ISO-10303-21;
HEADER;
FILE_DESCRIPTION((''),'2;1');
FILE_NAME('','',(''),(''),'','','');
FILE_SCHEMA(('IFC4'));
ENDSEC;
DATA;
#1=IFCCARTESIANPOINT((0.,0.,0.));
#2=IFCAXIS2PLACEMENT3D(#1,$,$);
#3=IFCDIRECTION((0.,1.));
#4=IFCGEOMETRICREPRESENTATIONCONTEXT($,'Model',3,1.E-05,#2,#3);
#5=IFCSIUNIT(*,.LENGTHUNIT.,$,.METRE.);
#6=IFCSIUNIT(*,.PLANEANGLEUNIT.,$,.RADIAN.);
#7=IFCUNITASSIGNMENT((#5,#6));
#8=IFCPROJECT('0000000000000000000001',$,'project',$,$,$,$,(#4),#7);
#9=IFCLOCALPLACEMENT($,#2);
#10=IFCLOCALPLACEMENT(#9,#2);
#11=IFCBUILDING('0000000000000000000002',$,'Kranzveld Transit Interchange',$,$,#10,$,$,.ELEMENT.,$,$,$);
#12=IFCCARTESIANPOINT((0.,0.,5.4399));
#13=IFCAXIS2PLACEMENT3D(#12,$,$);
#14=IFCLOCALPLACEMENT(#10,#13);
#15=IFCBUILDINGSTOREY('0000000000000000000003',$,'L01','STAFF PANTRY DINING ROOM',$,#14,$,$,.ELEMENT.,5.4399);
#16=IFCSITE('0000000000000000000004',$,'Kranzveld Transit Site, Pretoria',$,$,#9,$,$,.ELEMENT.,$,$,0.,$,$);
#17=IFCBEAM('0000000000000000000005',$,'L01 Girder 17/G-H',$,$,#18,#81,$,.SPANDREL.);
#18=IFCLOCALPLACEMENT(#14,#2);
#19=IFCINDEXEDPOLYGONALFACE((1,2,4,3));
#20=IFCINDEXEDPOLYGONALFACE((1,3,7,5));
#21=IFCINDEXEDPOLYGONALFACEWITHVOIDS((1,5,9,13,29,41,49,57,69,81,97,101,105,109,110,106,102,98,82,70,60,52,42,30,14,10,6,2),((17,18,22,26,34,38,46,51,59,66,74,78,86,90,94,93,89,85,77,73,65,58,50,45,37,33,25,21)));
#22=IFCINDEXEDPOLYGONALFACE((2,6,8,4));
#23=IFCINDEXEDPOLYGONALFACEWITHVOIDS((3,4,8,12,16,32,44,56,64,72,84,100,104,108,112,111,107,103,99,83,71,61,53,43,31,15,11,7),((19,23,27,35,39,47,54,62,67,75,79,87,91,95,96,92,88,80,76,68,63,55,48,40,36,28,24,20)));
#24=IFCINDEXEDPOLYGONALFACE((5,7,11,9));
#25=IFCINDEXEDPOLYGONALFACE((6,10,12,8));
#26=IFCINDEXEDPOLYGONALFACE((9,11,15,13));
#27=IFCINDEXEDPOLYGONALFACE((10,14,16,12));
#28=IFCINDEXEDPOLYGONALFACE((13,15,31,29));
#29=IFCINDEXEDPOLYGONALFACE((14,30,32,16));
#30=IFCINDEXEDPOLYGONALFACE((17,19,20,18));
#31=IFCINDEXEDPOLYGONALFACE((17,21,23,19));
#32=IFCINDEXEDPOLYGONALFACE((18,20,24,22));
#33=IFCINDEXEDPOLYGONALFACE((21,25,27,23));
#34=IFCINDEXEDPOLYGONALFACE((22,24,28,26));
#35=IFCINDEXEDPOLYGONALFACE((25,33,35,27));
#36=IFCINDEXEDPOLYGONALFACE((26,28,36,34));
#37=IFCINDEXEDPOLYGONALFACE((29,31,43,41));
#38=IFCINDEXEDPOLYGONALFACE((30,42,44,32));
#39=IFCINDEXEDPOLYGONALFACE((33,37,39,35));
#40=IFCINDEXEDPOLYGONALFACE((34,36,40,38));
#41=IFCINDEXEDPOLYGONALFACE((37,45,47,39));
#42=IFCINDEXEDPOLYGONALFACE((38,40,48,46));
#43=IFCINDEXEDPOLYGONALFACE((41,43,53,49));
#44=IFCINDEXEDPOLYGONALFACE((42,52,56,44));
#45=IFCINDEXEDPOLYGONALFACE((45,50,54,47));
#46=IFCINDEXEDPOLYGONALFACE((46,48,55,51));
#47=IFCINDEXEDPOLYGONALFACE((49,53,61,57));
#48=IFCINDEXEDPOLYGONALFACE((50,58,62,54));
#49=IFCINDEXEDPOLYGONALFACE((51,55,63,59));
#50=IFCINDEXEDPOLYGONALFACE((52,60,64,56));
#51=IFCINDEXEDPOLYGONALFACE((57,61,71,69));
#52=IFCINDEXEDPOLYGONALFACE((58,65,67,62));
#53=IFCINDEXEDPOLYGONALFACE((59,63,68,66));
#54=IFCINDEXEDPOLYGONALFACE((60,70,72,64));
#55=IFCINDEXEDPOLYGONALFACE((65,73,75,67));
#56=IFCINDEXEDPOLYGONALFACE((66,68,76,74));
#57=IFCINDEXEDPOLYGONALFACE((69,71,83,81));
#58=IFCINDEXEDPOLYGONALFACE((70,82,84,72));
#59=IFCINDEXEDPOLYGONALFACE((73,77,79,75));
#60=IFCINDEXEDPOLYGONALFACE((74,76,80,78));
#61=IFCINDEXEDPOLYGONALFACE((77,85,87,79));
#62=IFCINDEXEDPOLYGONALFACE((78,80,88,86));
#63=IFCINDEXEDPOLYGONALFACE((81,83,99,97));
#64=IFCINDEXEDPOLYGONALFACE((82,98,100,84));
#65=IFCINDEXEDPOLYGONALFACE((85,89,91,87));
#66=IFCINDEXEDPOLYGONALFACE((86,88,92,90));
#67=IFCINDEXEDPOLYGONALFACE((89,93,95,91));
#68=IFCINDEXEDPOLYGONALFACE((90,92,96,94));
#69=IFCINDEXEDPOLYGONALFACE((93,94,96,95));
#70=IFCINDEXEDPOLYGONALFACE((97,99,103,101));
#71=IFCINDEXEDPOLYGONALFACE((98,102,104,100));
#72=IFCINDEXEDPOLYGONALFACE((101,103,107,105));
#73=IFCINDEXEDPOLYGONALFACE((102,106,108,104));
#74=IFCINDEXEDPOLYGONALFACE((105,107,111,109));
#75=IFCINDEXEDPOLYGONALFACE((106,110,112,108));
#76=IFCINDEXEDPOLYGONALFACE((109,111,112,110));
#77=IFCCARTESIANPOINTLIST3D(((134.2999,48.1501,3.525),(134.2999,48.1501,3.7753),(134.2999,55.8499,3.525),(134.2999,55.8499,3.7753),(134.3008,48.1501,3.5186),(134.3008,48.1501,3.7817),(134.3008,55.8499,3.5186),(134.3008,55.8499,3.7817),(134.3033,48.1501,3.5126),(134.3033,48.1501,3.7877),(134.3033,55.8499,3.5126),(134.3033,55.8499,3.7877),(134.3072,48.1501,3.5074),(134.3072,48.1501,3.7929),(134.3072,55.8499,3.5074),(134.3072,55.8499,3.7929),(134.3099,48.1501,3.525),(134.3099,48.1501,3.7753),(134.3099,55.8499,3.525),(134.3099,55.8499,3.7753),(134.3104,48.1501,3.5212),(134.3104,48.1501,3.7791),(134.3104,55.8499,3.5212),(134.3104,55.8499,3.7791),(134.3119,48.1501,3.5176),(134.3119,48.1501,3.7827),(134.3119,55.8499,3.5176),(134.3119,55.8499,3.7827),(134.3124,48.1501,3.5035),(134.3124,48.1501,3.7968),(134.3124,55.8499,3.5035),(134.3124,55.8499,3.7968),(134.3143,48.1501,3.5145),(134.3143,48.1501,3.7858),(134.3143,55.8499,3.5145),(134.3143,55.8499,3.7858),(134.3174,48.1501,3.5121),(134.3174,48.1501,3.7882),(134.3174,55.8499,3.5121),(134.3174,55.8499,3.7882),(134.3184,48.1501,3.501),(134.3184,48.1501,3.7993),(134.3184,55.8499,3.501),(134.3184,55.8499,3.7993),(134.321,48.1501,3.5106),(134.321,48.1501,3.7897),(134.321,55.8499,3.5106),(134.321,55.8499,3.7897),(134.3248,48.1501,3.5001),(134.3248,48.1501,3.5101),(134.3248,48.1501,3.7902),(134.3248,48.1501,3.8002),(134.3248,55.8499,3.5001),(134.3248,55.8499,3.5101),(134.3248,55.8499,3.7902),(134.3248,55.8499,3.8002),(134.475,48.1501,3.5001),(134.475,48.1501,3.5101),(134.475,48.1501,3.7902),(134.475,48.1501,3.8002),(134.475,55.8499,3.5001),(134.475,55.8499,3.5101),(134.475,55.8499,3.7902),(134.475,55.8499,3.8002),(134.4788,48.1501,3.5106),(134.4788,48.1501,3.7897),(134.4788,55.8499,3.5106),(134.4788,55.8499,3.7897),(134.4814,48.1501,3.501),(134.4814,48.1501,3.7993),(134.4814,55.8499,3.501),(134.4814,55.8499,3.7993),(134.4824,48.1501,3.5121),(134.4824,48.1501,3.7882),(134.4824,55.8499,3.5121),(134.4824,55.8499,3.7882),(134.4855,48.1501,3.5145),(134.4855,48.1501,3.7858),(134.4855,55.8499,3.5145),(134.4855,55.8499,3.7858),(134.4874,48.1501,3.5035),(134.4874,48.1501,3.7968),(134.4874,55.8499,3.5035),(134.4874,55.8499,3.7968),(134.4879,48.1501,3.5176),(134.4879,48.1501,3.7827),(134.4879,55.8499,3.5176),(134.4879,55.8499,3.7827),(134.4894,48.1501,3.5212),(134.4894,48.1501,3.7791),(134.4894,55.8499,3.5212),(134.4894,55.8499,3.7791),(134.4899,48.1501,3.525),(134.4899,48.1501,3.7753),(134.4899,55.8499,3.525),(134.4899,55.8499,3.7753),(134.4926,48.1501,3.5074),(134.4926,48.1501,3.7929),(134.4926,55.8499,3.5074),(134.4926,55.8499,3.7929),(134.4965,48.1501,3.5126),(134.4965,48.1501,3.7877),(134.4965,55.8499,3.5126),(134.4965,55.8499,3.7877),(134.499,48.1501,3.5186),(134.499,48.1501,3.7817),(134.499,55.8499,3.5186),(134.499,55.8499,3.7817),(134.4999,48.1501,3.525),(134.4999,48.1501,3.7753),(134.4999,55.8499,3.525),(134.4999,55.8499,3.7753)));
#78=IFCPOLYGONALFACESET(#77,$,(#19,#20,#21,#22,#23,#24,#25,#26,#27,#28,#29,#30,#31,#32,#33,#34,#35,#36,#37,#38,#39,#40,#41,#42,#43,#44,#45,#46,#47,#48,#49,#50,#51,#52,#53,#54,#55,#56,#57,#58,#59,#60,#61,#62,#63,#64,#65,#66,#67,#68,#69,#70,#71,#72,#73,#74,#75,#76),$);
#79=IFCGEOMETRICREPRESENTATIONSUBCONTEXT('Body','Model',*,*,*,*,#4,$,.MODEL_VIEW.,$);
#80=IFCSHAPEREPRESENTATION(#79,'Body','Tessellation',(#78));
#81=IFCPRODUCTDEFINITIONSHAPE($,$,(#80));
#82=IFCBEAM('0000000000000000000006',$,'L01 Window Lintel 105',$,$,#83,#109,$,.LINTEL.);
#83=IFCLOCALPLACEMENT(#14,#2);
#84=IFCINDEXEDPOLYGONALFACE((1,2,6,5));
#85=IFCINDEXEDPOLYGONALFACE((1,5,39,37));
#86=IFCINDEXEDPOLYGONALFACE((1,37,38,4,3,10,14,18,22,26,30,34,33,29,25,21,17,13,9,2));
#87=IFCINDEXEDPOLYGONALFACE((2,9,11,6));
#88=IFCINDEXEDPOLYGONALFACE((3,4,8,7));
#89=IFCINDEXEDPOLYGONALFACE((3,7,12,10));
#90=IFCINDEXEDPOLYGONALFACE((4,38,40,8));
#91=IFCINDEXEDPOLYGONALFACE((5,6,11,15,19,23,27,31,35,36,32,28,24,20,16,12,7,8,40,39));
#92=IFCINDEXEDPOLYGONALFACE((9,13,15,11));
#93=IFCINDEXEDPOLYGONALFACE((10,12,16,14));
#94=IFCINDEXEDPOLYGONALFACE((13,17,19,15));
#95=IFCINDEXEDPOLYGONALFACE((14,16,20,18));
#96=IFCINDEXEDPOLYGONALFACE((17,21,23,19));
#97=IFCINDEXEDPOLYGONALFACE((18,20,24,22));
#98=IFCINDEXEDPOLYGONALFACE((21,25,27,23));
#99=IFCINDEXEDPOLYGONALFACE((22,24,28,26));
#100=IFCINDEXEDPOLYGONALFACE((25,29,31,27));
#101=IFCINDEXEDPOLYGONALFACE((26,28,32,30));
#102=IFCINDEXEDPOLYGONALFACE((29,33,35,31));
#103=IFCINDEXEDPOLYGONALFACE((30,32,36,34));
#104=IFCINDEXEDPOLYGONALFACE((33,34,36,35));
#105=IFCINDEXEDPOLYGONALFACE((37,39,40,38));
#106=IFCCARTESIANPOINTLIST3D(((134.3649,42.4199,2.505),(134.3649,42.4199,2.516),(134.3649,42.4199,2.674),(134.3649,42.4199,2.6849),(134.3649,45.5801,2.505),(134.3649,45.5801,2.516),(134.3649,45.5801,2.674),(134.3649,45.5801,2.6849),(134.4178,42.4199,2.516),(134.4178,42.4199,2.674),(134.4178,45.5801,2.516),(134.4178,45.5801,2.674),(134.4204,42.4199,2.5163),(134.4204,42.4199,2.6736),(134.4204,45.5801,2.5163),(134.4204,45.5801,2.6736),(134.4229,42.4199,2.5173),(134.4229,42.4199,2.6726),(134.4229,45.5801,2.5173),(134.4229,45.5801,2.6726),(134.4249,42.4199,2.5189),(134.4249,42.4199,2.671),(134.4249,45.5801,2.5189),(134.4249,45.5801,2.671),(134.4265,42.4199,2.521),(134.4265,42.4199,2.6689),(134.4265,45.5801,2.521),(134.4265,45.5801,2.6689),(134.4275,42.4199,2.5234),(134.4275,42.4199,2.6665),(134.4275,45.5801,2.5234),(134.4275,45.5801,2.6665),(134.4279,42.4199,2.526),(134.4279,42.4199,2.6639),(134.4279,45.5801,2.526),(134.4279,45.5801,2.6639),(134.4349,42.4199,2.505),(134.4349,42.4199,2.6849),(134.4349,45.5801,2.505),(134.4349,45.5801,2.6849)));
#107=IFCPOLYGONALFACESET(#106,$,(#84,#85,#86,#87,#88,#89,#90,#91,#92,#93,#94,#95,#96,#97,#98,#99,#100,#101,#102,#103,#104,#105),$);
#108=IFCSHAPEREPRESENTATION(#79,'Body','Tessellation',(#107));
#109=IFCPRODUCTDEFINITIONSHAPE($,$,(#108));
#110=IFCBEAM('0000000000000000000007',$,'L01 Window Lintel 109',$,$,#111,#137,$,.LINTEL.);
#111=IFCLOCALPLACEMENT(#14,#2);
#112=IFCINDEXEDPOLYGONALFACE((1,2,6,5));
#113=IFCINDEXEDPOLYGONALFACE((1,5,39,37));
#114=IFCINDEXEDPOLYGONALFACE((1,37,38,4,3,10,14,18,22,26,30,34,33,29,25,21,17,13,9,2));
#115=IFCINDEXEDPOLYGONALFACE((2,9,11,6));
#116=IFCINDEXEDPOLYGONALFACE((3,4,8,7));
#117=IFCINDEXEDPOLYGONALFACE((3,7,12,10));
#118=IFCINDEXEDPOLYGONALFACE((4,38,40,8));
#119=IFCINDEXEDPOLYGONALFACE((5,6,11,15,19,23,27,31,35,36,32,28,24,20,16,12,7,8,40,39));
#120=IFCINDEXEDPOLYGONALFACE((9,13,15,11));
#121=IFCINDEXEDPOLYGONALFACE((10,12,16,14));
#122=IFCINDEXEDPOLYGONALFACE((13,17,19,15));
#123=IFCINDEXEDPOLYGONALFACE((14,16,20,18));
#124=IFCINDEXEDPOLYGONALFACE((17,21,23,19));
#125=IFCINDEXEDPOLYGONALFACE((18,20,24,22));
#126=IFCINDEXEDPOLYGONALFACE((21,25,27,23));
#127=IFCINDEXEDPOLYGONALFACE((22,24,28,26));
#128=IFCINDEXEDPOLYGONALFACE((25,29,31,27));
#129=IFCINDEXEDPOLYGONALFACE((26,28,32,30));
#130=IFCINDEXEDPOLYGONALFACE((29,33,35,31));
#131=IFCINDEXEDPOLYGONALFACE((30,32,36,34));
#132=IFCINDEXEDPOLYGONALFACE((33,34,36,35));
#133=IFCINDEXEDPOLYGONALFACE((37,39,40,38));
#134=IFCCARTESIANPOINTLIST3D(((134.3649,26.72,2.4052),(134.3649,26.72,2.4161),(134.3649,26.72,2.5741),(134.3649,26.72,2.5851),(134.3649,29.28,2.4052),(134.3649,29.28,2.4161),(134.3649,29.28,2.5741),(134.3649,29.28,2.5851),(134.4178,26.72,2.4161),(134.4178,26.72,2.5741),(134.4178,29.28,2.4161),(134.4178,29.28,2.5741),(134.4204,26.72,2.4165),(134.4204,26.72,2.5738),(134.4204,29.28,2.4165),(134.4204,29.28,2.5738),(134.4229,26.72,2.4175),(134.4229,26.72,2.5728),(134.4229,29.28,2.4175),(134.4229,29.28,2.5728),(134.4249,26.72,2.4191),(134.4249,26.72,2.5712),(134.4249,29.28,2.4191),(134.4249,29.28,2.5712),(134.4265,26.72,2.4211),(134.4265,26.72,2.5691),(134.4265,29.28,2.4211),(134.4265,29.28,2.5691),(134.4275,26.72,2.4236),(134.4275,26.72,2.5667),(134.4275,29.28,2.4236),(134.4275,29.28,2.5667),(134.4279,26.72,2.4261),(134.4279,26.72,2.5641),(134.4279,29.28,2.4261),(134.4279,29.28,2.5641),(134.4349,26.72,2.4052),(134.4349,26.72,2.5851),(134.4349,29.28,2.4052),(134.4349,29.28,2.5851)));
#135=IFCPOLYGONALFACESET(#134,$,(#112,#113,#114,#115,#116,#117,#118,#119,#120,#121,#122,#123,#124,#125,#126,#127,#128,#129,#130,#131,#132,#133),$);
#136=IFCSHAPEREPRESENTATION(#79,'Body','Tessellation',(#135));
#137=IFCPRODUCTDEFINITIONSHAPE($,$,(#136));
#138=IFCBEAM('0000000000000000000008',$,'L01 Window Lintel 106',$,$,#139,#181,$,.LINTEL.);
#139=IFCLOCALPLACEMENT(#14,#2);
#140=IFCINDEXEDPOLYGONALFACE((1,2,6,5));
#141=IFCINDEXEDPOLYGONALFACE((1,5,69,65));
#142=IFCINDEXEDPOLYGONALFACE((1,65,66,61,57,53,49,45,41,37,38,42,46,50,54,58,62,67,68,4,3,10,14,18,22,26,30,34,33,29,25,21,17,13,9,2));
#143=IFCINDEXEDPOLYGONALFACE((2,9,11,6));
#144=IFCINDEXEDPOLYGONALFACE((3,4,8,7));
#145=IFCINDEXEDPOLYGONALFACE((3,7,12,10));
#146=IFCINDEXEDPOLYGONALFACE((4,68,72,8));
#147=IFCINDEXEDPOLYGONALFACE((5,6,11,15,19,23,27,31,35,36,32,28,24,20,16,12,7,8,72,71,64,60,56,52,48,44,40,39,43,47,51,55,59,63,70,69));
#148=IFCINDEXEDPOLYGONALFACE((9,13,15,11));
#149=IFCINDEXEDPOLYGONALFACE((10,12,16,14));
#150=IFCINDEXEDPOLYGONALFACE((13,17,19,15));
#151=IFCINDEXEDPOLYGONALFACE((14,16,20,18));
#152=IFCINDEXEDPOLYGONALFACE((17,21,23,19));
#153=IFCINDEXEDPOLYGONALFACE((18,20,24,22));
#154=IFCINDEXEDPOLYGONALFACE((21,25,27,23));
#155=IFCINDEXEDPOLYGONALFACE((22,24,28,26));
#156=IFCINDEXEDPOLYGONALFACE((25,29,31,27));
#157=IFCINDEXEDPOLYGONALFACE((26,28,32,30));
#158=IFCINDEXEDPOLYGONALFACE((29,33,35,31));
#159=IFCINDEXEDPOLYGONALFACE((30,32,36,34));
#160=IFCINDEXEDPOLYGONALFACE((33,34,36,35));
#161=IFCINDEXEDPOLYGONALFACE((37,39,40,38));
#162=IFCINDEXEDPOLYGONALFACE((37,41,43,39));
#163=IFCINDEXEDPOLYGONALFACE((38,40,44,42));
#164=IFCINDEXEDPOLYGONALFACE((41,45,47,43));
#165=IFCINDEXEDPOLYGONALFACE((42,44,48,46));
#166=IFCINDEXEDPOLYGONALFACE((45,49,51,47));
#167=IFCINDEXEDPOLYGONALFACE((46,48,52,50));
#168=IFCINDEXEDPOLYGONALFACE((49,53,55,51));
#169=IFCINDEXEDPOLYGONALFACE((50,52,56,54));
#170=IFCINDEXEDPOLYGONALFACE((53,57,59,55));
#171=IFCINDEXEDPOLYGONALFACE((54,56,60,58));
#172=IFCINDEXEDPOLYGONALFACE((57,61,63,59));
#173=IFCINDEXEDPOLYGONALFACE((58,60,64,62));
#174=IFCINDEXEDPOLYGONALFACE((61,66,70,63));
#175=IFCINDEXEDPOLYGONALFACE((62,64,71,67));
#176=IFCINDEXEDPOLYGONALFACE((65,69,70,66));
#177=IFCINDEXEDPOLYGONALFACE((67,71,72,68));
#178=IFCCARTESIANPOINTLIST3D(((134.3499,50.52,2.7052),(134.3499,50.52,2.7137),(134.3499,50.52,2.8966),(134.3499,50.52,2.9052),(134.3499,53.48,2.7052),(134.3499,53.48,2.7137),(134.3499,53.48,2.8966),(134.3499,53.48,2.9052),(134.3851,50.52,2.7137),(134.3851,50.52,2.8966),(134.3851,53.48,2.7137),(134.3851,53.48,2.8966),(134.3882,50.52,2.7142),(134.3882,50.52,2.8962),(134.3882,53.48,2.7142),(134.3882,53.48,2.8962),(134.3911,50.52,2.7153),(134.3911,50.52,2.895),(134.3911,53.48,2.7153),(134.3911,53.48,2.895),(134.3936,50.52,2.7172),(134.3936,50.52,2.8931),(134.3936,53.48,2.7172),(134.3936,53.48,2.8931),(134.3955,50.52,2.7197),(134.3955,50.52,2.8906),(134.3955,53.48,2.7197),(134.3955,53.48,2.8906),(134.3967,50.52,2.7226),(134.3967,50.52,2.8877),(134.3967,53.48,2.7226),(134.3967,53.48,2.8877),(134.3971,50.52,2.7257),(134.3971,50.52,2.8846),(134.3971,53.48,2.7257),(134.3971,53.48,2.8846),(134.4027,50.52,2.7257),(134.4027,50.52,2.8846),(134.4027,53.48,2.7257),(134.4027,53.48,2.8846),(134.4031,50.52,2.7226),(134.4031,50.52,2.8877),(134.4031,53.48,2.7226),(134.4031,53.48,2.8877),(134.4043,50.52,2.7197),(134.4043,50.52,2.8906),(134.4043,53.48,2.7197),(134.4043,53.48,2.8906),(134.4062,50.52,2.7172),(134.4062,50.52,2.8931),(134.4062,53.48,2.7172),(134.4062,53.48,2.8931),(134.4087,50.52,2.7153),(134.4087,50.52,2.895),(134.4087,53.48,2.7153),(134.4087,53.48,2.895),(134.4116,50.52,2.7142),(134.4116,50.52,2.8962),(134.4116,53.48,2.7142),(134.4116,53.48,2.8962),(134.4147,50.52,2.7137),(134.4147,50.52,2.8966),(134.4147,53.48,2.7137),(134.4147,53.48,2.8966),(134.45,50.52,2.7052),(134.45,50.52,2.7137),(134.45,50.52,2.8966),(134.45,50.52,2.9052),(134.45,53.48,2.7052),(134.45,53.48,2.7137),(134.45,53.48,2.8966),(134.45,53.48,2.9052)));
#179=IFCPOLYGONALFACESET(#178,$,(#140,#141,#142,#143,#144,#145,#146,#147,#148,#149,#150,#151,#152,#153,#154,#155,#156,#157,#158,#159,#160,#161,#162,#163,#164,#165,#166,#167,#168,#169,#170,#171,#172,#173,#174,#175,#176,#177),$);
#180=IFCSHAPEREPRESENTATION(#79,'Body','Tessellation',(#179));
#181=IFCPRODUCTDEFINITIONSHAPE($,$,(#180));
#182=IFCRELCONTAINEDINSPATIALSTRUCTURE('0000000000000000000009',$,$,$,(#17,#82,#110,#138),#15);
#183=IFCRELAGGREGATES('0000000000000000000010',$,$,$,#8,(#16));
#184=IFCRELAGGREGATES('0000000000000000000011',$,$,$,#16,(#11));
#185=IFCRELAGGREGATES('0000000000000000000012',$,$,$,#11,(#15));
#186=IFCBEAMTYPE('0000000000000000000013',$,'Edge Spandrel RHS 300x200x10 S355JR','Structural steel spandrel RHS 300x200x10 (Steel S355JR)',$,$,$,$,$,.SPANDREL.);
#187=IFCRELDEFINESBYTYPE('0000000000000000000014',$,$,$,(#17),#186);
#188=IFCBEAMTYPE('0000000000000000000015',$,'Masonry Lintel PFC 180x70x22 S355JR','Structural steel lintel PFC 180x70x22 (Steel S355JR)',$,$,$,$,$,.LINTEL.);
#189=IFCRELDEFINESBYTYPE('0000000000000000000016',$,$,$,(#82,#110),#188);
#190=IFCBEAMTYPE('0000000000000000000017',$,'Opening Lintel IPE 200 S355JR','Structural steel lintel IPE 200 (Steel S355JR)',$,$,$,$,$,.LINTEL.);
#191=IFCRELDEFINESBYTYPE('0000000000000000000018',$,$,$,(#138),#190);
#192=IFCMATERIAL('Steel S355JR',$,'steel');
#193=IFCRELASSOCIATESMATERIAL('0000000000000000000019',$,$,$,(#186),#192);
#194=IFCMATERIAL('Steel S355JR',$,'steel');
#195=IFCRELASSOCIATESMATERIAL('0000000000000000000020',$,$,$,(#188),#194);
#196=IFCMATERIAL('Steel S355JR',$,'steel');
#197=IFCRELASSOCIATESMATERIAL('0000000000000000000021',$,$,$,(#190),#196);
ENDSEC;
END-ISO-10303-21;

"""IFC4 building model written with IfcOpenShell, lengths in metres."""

from ifc_helpers import new_model, si_unit, direction, frame, origin, origin_2d, place, context, subcontext, project, spatial, hollow_rectangle, i_section, u_section, extrude, material, material_profile, profile_set, type_object, element, save


model = new_model("IFC4")

# Units and contexts
model_context = context("Model", 3, precision=1e-05, world=origin(), true_north=direction((0.0, 1.0)))
body_context = subcontext(model_context, "Body", "Model", "MODEL_VIEW")
ifc_project = project(units=[si_unit("LENGTHUNIT", "METRE"), si_unit("PLANEANGLEUNIT", "RADIAN")], contexts=[model_context])

# Site, building, storey
site_placement = place(None, origin())
site = spatial("IfcSite", under=ifc_project, at=site_placement, Name="Kranzveld Transit Site, Pretoria", CompositionType="ELEMENT", RefElevation=0.0)
building_placement = place(site_placement, origin())
building = spatial("IfcBuilding", under=site, at=building_placement, Name="Kranzveld Transit Interchange", CompositionType="ELEMENT")
storey_placement = place(building_placement, frame((0.0, 0.0, 5.4399)))
storey = spatial("IfcBuildingStorey", under=building, at=storey_placement, Name="L01", Description="STAFF PANTRY DINING ROOM", CompositionType="ELEMENT", Elevation=5.4399)

# Beams
ifc_material_1 = material(Name="Steel S355JR", Category="steel")
ifc_material_profile_1 = material_profile(ifc_material_1, hollow_rectangle(XDim=0.2, YDim=0.3, WallThickness=0.01, InnerFilletRadius=0.0149, OuterFilletRadius=0.0249, at=origin_2d()), Name="RHS 300x200x10")
ifc_profile_set_1 = profile_set([ifc_material_profile_1], Name="Steel S355JR")
beam_type_1 = type_object("IfcBeamType", Name="Edge Spandrel RHS 300x200x10 S355JR", Description="Structural steel spandrel RHS 300x200x10 (Steel S355JR)", PredefinedType="SPANDREL", material=ifc_profile_set_1)
for number, where, z_axis, x_axis, name in (
    (1, (134.3999, 48.1501, 3.6501), (0.0, 1.0, 0.0), (-1.0, 0.0, 0.0), "L01 Girder 17/G-H"),
):
    element("IfcBeam", number, at=place(storey_placement, frame(where, z_axis=z_axis, x_axis=x_axis)), inside=storey, type_object=beam_type_1, Name=name, PredefinedType="SPANDREL", context=body_context, shape_type="SweptSolid", body=[
        extrude(hollow_rectangle(XDim=0.2, YDim=0.3, WallThickness=0.01, InnerFilletRadius=0.0149, OuterFilletRadius=0.0249, at=origin_2d()), origin(), (0.0, 0.0, 1.0), 7.6997),
    ])
ifc_material_2 = material(Name="Steel S355JR", Category="steel")
ifc_material_profile_2 = material_profile(ifc_material_2, u_section(Depth=0.1799, FlangeWidth=0.0701, WebThickness=0.0071, FlangeThickness=0.011, FilletRadius=0.01, at=origin_2d()), Name="PFC 180x70x22")
ifc_profile_set_2 = profile_set([ifc_material_profile_2], Name="Steel S355JR")
beam_type_2 = type_object("IfcBeamType", Name="Masonry Lintel PFC 180x70x22 S355JR", Description="Structural steel lintel PFC 180x70x22 (Steel S355JR)", PredefinedType="LINTEL", material=ifc_profile_set_2)
beam_1_placement = place(storey_placement, frame((134.3999, 42.4199, 2.595), z_axis=(0.0, 1.0, 0.0), x_axis=(-1.0, 0.0, 0.0)))
element("IfcBeam", 2, at=beam_1_placement, inside=storey, type_object=beam_type_2, Name="L01 Window Lintel 105", PredefinedType="LINTEL", context=body_context, shape_type="SweptSolid", body=[
    extrude(u_section(Depth=0.1799, FlangeWidth=0.0701, WebThickness=0.0071, FlangeThickness=0.011, FilletRadius=0.01, at=origin_2d()), origin(), (0.0, 0.0, 1.0), 3.1602),
])
beam_2_placement = place(storey_placement, frame((134.3999, 26.72, 2.4951), z_axis=(0.0, 1.0, 0.0), x_axis=(-1.0, 0.0, 0.0)))
element("IfcBeam", 3, at=beam_2_placement, inside=storey, type_object=beam_type_2, Name="L01 Window Lintel 109", PredefinedType="LINTEL", context=body_context, shape_type="SweptSolid", body=[
    extrude(u_section(Depth=0.1799, FlangeWidth=0.0701, WebThickness=0.0071, FlangeThickness=0.011, FilletRadius=0.01, at=origin_2d()), origin(), (0.0, 0.0, 1.0), 2.5601),
])
ifc_material_3 = material(Name="Steel S355JR", Category="steel")
ifc_material_profile_3 = material_profile(ifc_material_3, i_section(OverallWidth=0.1001, OverallDepth=0.2, WebThickness=0.0056, FlangeThickness=0.0085, FilletRadius=0.012, at=origin_2d()), Name="IPE 200")
ifc_profile_set_3 = profile_set([ifc_material_profile_3], Name="Steel S355JR")
beam_type_3 = type_object("IfcBeamType", Name="Opening Lintel IPE 200 S355JR", Description="Structural steel lintel IPE 200 (Steel S355JR)", PredefinedType="LINTEL", material=ifc_profile_set_3)
beam_3_placement = place(storey_placement, frame((134.3999, 50.52, 2.8052), z_axis=(0.0, 1.0, 0.0), x_axis=(-1.0, 0.0, 0.0)))
element("IfcBeam", 4, at=beam_3_placement, inside=storey, type_object=beam_type_3, Name="L01 Window Lintel 106", PredefinedType="LINTEL", context=body_context, shape_type="SweptSolid", body=[
    extrude(i_section(OverallWidth=0.1001, OverallDepth=0.2, WebThickness=0.0056, FlangeThickness=0.0085, FilletRadius=0.012, at=origin_2d()), origin(), (0.0, 0.0, 1.0), 2.96),
])

save(model, "model.ifc")
